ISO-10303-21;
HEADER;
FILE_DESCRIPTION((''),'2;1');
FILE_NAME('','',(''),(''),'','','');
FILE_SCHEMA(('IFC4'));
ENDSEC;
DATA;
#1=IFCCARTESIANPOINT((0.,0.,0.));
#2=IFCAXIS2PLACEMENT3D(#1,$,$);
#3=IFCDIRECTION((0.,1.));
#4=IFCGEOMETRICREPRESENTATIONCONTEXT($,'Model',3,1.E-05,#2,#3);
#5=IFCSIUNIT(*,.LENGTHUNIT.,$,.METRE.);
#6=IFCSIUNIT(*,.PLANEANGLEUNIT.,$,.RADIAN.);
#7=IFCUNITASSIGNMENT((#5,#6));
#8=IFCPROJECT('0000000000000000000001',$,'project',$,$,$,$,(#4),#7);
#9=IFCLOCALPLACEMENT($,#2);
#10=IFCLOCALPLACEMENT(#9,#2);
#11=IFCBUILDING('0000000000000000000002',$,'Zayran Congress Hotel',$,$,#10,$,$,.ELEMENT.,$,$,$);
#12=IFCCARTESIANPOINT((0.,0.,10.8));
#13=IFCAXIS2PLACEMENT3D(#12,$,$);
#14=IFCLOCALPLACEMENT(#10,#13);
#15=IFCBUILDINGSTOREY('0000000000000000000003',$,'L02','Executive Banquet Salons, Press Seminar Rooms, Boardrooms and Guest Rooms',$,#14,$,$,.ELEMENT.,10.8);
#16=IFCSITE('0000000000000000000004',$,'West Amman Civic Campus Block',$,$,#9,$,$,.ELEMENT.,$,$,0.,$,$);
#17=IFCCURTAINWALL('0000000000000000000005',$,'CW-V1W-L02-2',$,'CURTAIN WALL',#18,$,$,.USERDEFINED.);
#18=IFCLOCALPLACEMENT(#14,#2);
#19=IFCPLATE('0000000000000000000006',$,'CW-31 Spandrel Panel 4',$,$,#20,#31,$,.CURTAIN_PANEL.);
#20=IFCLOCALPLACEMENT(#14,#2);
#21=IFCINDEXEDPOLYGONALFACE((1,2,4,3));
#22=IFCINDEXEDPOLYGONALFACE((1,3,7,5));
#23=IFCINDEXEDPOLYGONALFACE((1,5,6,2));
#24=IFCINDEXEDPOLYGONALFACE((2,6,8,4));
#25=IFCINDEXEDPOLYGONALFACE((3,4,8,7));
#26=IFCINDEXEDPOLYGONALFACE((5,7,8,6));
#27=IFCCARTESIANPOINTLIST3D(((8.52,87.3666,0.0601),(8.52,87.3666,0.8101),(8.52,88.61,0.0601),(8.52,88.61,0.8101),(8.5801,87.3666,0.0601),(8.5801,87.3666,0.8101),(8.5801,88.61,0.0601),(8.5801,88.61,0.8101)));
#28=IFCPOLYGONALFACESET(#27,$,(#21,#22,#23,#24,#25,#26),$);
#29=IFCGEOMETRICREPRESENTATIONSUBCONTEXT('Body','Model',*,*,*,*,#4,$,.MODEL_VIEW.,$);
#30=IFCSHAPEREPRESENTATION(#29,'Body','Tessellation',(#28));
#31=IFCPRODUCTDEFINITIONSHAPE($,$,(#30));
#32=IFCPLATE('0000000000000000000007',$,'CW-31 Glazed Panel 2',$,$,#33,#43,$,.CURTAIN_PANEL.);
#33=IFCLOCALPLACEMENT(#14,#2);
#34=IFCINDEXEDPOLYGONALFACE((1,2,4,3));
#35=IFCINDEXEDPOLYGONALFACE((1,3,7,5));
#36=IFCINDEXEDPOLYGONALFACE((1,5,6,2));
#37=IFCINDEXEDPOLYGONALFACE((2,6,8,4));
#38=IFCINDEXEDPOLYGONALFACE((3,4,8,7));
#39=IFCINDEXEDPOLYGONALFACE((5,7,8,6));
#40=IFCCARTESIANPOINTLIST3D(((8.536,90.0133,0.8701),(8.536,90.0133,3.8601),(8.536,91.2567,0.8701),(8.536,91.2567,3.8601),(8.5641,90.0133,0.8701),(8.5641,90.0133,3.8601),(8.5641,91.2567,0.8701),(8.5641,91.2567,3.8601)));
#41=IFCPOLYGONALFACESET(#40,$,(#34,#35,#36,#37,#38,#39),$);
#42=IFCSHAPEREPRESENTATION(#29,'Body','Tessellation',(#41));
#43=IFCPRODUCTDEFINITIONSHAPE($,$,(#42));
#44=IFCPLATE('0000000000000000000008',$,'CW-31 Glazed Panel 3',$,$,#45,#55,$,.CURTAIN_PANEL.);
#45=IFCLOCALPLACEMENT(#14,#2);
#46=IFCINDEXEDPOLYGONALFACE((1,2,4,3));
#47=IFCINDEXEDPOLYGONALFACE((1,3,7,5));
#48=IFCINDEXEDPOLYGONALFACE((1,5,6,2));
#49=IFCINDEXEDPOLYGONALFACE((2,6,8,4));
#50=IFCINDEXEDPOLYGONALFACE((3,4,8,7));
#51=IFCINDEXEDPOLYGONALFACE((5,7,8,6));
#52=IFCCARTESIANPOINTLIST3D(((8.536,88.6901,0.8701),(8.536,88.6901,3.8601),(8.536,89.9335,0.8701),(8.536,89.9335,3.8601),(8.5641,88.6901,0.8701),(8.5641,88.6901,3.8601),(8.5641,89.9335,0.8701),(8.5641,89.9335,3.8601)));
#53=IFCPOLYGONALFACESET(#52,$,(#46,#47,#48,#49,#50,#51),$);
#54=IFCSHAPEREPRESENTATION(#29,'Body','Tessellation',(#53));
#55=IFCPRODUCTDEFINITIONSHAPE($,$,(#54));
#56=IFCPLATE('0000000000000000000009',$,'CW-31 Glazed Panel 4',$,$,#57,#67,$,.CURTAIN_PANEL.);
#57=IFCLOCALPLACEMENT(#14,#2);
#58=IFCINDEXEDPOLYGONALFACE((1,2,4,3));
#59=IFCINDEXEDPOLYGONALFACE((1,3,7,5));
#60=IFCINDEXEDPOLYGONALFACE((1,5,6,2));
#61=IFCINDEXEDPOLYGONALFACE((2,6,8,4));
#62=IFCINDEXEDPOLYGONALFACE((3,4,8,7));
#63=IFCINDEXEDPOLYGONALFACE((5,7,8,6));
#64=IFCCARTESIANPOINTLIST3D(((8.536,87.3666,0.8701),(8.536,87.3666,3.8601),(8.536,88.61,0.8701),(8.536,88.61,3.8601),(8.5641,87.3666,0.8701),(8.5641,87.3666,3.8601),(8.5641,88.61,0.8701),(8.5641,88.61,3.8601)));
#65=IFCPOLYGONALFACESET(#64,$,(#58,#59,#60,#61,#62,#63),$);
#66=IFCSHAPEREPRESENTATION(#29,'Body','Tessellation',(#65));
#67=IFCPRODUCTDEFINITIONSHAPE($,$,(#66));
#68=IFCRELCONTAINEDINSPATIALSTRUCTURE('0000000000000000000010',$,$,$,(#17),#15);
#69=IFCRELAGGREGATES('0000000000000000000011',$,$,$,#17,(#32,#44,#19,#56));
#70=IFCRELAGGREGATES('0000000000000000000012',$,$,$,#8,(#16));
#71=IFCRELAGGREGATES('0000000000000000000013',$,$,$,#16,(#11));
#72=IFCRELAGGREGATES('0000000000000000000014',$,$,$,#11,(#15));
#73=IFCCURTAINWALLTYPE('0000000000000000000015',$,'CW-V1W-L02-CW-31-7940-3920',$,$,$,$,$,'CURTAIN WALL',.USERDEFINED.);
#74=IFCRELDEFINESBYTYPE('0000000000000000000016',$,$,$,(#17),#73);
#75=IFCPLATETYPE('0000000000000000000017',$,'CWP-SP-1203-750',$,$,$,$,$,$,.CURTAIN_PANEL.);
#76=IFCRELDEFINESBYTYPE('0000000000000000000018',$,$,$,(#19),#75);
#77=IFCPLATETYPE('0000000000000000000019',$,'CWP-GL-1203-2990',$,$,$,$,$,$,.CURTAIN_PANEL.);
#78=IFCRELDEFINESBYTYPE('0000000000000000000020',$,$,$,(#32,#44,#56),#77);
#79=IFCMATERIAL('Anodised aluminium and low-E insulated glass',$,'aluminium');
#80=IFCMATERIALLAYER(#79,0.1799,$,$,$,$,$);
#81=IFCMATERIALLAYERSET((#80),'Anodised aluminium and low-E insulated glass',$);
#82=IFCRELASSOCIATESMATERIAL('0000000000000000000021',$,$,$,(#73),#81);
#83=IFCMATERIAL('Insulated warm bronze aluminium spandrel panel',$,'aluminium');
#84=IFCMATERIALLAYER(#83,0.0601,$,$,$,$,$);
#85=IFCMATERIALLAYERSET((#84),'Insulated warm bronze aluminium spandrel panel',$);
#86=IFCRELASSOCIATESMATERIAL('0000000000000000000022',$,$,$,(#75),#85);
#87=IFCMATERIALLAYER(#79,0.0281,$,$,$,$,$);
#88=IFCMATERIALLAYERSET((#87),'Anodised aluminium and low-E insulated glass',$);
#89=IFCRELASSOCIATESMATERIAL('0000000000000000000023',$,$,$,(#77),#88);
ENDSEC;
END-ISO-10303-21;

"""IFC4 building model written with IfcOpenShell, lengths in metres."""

from ifc_helpers import new_model, si_unit, direction, frame, origin, origin_2d, place, context, subcontext, project, spatial, rectangle, extrude, material, layer, layer_set, type_object, element, aggregate, save


model = new_model("IFC4")

# Units and contexts
model_context = context("Model", 3, precision=1e-05, world=origin(), true_north=direction((0.0, 1.0)))
body_context = subcontext(model_context, "Body", "Model", "MODEL_VIEW")
ifc_project = project(units=[si_unit("LENGTHUNIT", "METRE"), si_unit("PLANEANGLEUNIT", "RADIAN")], contexts=[model_context])

# Site, building, storey
site_placement = place(None, origin())
site = spatial("IfcSite", under=ifc_project, at=site_placement, Name="West Amman Civic Campus Block", CompositionType="ELEMENT", RefElevation=0.0)
building_placement = place(site_placement, origin())
building = spatial("IfcBuilding", under=site, at=building_placement, Name="Zayran Congress Hotel", CompositionType="ELEMENT")
storey_placement = place(building_placement, frame((0.0, 0.0, 10.8)))
storey = spatial("IfcBuildingStorey", under=building, at=storey_placement, Name="L02", Description="Executive Banquet Salons, Press Seminar Rooms, Boardrooms and Guest Rooms", CompositionType="ELEMENT", Elevation=10.8)

# Curtain wall, plates
ifc_material_1 = material(Name="Anodised aluminium and low-E insulated glass", Category="aluminium")
ifc_layer_1 = layer(ifc_material_1, 0.1799)
ifc_layer_set_1 = layer_set([ifc_layer_1], Name="Anodised aluminium and low-E insulated glass")
curtain_wall_type = type_object("IfcCurtainWallType", Name="CW-V1W-L02-CW-31-7940-3920", ElementType="CURTAIN WALL", PredefinedType="USERDEFINED", material=ifc_layer_set_1)
curtain_wall_placement = place(storey_placement, origin())
curtain_wall = element("IfcCurtainWall", 1, at=curtain_wall_placement, inside=storey, type_object=curtain_wall_type, Name="CW-V1W-L02-2", ObjectType="CURTAIN WALL", PredefinedType="USERDEFINED")
ifc_material_2 = material(Name="Insulated warm bronze aluminium spandrel panel", Category="aluminium")
ifc_layer_2 = layer(ifc_material_2, 0.0601)
ifc_layer_set_2 = layer_set([ifc_layer_2], Name="Insulated warm bronze aluminium spandrel panel")
plate_type_1 = type_object("IfcPlateType", Name="CWP-SP-1203-750", PredefinedType="CURTAIN_PANEL", material=ifc_layer_set_2)
plate_1_placement = place(storey_placement, frame((8.55, 87.9883, 0.0601), z_axis=(0.0, 0.0, 1.0), x_axis=(0.0, 1.0, 0.0)))
plate_1 = element("IfcPlate", 2, at=plate_1_placement, type_object=plate_type_1, Name="CW-31 Spandrel Panel 4", PredefinedType="CURTAIN_PANEL", context=body_context, shape_type="SweptSolid", body=[
    extrude(rectangle(XDim=1.2434, YDim=0.0601, at=origin_2d()), origin(), (0.0, 0.0, 1.0), 0.75),
])
ifc_layer_3 = layer(ifc_material_1, 0.0281)
ifc_layer_set_3 = layer_set([ifc_layer_3], Name="Anodised aluminium and low-E insulated glass")
plate_type_2 = type_object("IfcPlateType", Name="CWP-GL-1203-2990", PredefinedType="CURTAIN_PANEL", material=ifc_layer_set_3)
plate_2_placement = place(storey_placement, frame((8.55, 90.635, 0.8701), z_axis=(0.0, 0.0, 1.0), x_axis=(0.0, 1.0, 0.0)))
plate_2 = element("IfcPlate", 3, at=plate_2_placement, type_object=plate_type_2, Name="CW-31 Glazed Panel 2", PredefinedType="CURTAIN_PANEL", context=body_context, shape_type="SweptSolid", body=[
    extrude(rectangle(XDim=1.2434, YDim=0.0281, at=origin_2d()), origin(), (0.0, 0.0, 1.0), 2.99),
])
plate_3_placement = place(storey_placement, frame((8.55, 89.3118, 0.8701), z_axis=(0.0, 0.0, 1.0), x_axis=(0.0, 1.0, 0.0)))
plate_3 = element("IfcPlate", 4, at=plate_3_placement, type_object=plate_type_2, Name="CW-31 Glazed Panel 3", PredefinedType="CURTAIN_PANEL", context=body_context, shape_type="SweptSolid", body=[
    extrude(rectangle(XDim=1.2434, YDim=0.0281, at=origin_2d()), origin(), (0.0, 0.0, 1.0), 2.99),
])
plate_4_placement = place(storey_placement, frame((8.55, 87.9883, 0.8701), z_axis=(0.0, 0.0, 1.0), x_axis=(0.0, 1.0, 0.0)))
plate_4 = element("IfcPlate", 5, at=plate_4_placement, type_object=plate_type_2, Name="CW-31 Glazed Panel 4", PredefinedType="CURTAIN_PANEL", context=body_context, shape_type="SweptSolid", body=[
    extrude(rectangle(XDim=1.2434, YDim=0.0281, at=origin_2d()), origin(), (0.0, 0.0, 1.0), 2.99),
])
aggregate(curtain_wall, [plate_2, plate_3, plate_1, plate_4])

save(model, "model.ifc")
